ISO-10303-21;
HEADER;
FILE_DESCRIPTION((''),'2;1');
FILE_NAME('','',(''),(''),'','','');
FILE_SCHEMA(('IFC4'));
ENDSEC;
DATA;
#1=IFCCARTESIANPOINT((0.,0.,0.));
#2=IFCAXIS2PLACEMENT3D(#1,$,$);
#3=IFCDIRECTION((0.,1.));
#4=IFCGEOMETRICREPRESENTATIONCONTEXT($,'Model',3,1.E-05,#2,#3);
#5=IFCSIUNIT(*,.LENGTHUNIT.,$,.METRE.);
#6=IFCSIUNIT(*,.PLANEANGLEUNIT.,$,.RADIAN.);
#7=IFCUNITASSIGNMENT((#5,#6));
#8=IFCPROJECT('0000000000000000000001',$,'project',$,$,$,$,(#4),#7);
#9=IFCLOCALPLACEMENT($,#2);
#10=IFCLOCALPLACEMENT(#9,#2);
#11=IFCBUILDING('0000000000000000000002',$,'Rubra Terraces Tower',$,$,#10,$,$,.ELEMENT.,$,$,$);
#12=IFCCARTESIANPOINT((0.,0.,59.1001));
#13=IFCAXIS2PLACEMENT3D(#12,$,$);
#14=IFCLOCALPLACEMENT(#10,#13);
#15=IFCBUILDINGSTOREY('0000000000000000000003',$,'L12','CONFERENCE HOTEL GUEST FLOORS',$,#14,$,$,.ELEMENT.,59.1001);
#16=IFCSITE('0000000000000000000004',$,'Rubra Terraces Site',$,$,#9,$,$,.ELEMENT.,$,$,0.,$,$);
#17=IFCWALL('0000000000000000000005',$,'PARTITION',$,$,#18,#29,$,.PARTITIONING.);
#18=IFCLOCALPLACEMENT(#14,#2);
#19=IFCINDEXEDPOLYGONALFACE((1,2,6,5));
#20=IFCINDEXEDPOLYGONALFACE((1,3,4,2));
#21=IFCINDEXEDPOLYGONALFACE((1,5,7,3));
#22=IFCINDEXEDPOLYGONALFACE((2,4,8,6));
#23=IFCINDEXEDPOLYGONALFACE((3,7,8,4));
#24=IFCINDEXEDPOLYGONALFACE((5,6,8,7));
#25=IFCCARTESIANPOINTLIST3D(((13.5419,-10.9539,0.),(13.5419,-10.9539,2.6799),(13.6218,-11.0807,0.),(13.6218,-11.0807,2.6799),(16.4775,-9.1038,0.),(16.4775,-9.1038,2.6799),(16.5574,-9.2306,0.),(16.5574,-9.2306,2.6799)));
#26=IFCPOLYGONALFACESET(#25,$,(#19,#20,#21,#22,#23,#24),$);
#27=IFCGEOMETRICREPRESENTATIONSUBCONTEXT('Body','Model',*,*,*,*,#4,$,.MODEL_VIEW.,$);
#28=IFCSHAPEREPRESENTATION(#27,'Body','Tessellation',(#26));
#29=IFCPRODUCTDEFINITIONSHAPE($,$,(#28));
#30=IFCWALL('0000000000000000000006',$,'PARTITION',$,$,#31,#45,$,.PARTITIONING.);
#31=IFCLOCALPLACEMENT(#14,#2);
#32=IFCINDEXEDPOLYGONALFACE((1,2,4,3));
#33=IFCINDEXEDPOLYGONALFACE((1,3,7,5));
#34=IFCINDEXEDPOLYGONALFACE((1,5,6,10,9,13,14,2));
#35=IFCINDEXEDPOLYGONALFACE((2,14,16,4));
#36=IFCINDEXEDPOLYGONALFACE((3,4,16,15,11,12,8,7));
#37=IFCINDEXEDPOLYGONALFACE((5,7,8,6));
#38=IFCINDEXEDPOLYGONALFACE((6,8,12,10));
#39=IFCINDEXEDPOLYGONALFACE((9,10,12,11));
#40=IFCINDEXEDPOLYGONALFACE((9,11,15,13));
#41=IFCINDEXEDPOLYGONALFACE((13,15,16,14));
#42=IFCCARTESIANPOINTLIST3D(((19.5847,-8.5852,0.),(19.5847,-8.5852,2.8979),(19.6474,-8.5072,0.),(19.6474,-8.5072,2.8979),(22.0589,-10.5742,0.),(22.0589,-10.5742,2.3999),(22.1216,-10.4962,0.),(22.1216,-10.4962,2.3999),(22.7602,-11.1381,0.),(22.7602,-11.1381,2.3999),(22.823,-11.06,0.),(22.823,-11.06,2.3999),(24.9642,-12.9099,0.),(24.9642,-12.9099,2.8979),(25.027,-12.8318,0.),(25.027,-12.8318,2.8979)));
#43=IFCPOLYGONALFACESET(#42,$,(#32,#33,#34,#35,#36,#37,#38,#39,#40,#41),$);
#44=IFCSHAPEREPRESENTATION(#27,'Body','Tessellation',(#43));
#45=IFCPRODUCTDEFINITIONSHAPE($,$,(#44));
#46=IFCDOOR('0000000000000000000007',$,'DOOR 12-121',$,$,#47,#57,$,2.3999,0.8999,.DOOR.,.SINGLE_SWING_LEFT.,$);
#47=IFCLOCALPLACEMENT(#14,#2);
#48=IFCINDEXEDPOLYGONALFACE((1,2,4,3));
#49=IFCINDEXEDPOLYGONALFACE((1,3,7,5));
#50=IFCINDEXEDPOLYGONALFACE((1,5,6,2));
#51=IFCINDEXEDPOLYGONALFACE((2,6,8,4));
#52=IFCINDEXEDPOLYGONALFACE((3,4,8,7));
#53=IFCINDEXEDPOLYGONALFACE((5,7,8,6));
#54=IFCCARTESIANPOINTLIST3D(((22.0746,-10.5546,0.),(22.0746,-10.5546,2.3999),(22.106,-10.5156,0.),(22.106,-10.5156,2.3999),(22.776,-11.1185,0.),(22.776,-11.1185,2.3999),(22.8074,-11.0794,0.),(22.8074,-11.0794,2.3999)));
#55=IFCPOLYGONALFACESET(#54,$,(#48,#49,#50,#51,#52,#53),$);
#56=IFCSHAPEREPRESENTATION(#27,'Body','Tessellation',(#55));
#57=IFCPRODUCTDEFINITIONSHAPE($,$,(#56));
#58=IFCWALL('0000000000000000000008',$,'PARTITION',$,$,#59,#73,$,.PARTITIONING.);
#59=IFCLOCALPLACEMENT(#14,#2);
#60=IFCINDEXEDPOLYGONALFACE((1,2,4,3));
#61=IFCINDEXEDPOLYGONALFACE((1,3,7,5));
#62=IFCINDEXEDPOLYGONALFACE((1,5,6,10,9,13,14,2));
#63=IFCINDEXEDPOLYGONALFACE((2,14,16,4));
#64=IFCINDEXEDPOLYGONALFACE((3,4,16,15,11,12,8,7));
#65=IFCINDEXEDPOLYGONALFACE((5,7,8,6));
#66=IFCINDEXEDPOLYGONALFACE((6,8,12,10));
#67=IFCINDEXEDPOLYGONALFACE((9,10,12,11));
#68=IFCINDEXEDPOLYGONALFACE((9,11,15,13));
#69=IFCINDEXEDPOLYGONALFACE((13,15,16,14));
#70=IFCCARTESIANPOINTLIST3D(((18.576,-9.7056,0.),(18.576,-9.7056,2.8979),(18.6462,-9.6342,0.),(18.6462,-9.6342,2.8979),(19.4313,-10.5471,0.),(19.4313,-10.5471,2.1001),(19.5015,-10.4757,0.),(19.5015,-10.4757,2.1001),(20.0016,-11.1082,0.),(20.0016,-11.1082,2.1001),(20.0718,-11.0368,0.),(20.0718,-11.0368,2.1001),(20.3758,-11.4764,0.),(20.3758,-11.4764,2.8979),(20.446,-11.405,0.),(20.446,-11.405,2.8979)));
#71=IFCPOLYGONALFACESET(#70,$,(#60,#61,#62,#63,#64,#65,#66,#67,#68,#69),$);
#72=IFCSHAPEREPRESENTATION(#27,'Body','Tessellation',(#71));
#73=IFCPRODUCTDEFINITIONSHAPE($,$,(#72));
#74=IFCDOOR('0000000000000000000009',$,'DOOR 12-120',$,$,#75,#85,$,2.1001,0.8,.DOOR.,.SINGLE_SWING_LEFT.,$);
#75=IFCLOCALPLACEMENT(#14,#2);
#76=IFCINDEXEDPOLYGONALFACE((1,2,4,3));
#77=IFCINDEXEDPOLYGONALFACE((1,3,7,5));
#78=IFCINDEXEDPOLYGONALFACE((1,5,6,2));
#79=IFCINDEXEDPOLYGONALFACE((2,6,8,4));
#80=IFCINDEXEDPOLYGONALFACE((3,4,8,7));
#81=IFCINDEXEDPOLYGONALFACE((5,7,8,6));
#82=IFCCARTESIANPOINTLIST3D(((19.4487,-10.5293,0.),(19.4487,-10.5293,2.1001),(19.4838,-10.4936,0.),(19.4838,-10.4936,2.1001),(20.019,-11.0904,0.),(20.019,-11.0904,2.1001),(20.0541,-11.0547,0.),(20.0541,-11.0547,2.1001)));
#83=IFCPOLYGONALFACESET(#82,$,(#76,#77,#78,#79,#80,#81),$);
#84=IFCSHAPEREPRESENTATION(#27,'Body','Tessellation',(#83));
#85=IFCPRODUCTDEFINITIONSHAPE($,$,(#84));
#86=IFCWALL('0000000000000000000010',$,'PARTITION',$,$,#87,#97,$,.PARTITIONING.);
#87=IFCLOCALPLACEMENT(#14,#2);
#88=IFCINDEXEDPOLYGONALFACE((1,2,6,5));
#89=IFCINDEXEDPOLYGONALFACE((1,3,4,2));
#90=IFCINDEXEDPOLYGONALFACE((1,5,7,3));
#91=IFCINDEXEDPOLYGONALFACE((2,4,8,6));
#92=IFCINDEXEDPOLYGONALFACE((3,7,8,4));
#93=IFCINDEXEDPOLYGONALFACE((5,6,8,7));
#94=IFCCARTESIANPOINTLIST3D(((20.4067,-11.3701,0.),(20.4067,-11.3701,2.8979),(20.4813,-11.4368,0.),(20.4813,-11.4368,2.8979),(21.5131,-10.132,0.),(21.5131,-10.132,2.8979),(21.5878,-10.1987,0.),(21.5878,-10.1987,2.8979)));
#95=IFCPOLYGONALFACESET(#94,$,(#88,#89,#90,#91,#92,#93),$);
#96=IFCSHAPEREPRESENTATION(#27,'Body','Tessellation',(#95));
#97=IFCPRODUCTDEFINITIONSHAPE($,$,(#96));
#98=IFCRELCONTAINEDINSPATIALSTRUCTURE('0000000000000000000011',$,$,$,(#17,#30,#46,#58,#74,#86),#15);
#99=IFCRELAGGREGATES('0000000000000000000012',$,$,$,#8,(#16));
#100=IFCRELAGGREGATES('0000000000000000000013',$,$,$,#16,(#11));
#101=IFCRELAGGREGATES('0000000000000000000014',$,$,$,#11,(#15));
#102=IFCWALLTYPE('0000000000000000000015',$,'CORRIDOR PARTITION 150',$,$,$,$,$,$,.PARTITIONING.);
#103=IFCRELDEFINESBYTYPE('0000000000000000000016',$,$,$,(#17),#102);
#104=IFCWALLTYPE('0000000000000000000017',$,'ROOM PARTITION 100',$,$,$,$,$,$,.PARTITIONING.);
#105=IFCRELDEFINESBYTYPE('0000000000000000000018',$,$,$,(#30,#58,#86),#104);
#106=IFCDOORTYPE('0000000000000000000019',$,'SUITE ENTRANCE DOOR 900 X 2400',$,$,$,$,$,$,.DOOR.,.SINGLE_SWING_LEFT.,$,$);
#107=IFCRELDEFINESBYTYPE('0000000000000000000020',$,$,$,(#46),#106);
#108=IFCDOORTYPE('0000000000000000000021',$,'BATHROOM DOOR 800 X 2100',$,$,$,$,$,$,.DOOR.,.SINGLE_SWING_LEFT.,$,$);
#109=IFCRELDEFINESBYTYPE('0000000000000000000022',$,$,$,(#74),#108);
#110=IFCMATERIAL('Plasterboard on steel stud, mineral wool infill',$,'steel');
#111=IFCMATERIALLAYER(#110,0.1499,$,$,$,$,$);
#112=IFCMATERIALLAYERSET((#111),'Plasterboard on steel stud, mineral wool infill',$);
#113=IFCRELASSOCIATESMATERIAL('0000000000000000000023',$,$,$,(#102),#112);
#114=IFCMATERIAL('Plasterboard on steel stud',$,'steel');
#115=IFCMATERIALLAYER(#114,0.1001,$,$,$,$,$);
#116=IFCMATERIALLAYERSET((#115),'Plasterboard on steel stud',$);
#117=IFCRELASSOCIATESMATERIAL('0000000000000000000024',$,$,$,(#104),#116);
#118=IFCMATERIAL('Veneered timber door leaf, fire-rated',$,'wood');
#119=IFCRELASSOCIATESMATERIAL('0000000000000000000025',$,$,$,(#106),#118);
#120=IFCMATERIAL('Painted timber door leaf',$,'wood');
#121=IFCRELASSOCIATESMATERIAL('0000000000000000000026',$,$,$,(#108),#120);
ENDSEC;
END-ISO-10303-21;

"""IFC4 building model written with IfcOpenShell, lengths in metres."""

from ifc_helpers import new_model, si_unit, direction, frame, frame_2d, origin, place, context, subcontext, project, spatial, rectangle, extrude, material, layer, layer_set, type_object, element, fill, save


model = new_model("IFC4")

# Units and contexts
model_context = context("Model", 3, precision=1e-05, world=origin(), true_north=direction((0.0, 1.0)))
body_context = subcontext(model_context, "Body", "Model", "MODEL_VIEW")
ifc_project = project(units=[si_unit("LENGTHUNIT", "METRE"), si_unit("PLANEANGLEUNIT", "RADIAN")], contexts=[model_context])

# Site, building, storey
site_placement = place(None, origin())
site = spatial("IfcSite", under=ifc_project, at=site_placement, Name="Rubra Terraces Site", CompositionType="ELEMENT", RefElevation=0.0)
building_placement = place(site_placement, origin())
building = spatial("IfcBuilding", under=site, at=building_placement, Name="Rubra Terraces Tower", CompositionType="ELEMENT")
storey_placement = place(building_placement, frame((0.0, 0.0, 59.1001)))
storey = spatial("IfcBuildingStorey", under=building, at=storey_placement, Name="L12", Description="CONFERENCE HOTEL GUEST FLOORS", CompositionType="ELEMENT", Elevation=59.1001)

# Wall
ifc_material_1 = material(Name="Plasterboard on steel stud, mineral wool infill", Category="steel")
ifc_layer_1 = layer(ifc_material_1, 0.1499)
ifc_layer_set_1 = layer_set([ifc_layer_1], Name="Plasterboard on steel stud, mineral wool infill")
wall_type_1 = type_object("IfcWallType", Name="CORRIDOR PARTITION 150", PredefinedType="PARTITIONING", material=ifc_layer_set_1)
wall_1_placement = place(storey_placement, frame((16.5173, -9.1672, 0.0), z_axis=(0.0, 0.0, 1.0), x_axis=(-0.846, -0.533183, 0.0)))
element("IfcWall", 1, at=wall_1_placement, inside=storey, type_object=wall_type_1, Name="PARTITION", PredefinedType="PARTITIONING", context=body_context, shape_type="SweptSolid", body=[
    extrude(rectangle(XDim=3.47, YDim=0.1499, at=frame_2d((1.7349, 0.0))), origin(), (0.0, 0.0, 1.0), 2.6799),
])

# Walls, openings, doors
ifc_material_2 = material(Name="Plasterboard on steel stud", Category="steel")
ifc_layer_2 = layer(ifc_material_2, 0.1001)
ifc_layer_set_2 = layer_set([ifc_layer_2], Name="Plasterboard on steel stud")
wall_type_2 = type_object("IfcWallType", Name="ROOM PARTITION 100", PredefinedType="PARTITIONING", material=ifc_layer_set_2)
wall_2_placement = place(storey_placement, frame((24.9956, -12.8708, 0.0), z_axis=(0.0, 0.0, 1.0), x_axis=(-0.779383, 0.626548, 0.0)))
wall_2 = element("IfcWall", 2, at=wall_2_placement, inside=storey, type_object=wall_type_2, Name="PARTITION", PredefinedType="PARTITIONING", context=body_context, shape_type="SweptSolid", body=[
    extrude(rectangle(XDim=6.9023, YDim=0.1001, at=frame_2d((3.4512, 0.0))), origin(), (0.0, 0.0, 1.0), 2.8979),
])
opening_1_placement = place(wall_2_placement, frame((2.8279, 0.0, 0.0)))
opening_1 = element("IfcOpeningElement", 3, at=opening_1_placement, cuts=wall_2, PredefinedType="OPENING", context=body_context, shape_type="SweptSolid", body=[
    extrude(rectangle(XDim=0.8999, YDim=2.3999, at=frame_2d((0.45, 1.2))), frame((0.0, 0.0601, 0.0), z_axis=(0.0, -1.0, 0.0), x_axis=(1.0, 0.0, 0.0)), (0.0, 0.0, 1.0), 0.1201),
])
ifc_material_3 = material(Name="Veneered timber door leaf, fire-rated", Category="wood")
door_type_1 = type_object("IfcDoorType", Name="SUITE ENTRANCE DOOR 900 X 2400", OperationType="SINGLE_SWING_LEFT", PredefinedType="DOOR", material=ifc_material_3)
door_1_placement = place(opening_1_placement, origin())
door_1 = element("IfcDoor", 4, at=door_1_placement, inside=storey, type_object=door_type_1, Name="DOOR 12-121", OperationType="SINGLE_SWING_LEFT", OverallHeight=2.3999, OverallWidth=0.8999, PredefinedType="DOOR", context=body_context, shape_type="SweptSolid", body=[
    extrude(rectangle(XDim=0.8999, YDim=2.3999, at=frame_2d((0.45, 1.2))), frame((0.0, 0.0249, 0.0), z_axis=(0.0, -1.0, 0.0), x_axis=(1.0, 0.0, 0.0)), (0.0, 0.0, 1.0), 0.05),
])
fill(opening_1, door_1)
wall_3_placement = place(storey_placement, frame((18.6111, -9.6699, 0.0), z_axis=(0.0, 0.0, 1.0), x_axis=(0.712837, -0.70133, 0.0)))
wall_3 = element("IfcWall", 5, at=wall_3_placement, inside=storey, type_object=wall_type_2, Name="PARTITION", PredefinedType="PARTITIONING", context=body_context, shape_type="SweptSolid", body=[
    extrude(rectangle(XDim=2.5249, YDim=0.1001, at=frame_2d((1.2625, 0.0))), origin(), (0.0, 0.0, 1.0), 2.8979),
])
opening_2_placement = place(wall_3_placement, frame((1.2, 0.0, 0.0)))
opening_2 = element("IfcOpeningElement", 6, at=opening_2_placement, cuts=wall_3, PredefinedType="OPENING", context=body_context, shape_type="SweptSolid", body=[
    extrude(rectangle(XDim=0.8, YDim=2.1001, at=frame_2d((0.3999, 1.05))), frame((0.0, 0.0601, 0.0), z_axis=(0.0, -1.0, 0.0), x_axis=(1.0, 0.0, 0.0)), (0.0, 0.0, 1.0), 0.1201),
])
ifc_material_4 = material(Name="Painted timber door leaf", Category="wood")
door_type_2 = type_object("IfcDoorType", Name="BATHROOM DOOR 800 X 2100", OperationType="SINGLE_SWING_LEFT", PredefinedType="DOOR", material=ifc_material_4)
door_2_placement = place(opening_2_placement, origin())
door_2 = element("IfcDoor", 7, at=door_2_placement, inside=storey, type_object=door_type_2, Name="DOOR 12-120", OperationType="SINGLE_SWING_LEFT", OverallHeight=2.1001, OverallWidth=0.8, PredefinedType="DOOR", context=body_context, shape_type="SweptSolid", body=[
    extrude(rectangle(XDim=0.8, YDim=2.1001, at=frame_2d((0.3999, 1.05))), frame((0.0, 0.0249, 0.0), z_axis=(0.0, -1.0, 0.0), x_axis=(1.0, 0.0, 0.0)), (0.0, 0.0, 1.0), 0.05),
])
fill(opening_2, door_2)

# Wall
wall_4_placement = place(storey_placement, frame((20.4441, -11.4033, 0.0), z_axis=(0.0, 0.0, 1.0), x_axis=(0.666369, 0.745622, 0.0)))
element("IfcWall", 8, at=wall_4_placement, inside=storey, type_object=wall_type_2, Name="PARTITION", PredefinedType="PARTITIONING", context=body_context, shape_type="SweptSolid", body=[
    extrude(rectangle(XDim=1.6604, YDim=0.1001, at=frame_2d((0.8301, 0.0))), origin(), (0.0, 0.0, 1.0), 2.8979),
])

save(model, "model.ifc")
